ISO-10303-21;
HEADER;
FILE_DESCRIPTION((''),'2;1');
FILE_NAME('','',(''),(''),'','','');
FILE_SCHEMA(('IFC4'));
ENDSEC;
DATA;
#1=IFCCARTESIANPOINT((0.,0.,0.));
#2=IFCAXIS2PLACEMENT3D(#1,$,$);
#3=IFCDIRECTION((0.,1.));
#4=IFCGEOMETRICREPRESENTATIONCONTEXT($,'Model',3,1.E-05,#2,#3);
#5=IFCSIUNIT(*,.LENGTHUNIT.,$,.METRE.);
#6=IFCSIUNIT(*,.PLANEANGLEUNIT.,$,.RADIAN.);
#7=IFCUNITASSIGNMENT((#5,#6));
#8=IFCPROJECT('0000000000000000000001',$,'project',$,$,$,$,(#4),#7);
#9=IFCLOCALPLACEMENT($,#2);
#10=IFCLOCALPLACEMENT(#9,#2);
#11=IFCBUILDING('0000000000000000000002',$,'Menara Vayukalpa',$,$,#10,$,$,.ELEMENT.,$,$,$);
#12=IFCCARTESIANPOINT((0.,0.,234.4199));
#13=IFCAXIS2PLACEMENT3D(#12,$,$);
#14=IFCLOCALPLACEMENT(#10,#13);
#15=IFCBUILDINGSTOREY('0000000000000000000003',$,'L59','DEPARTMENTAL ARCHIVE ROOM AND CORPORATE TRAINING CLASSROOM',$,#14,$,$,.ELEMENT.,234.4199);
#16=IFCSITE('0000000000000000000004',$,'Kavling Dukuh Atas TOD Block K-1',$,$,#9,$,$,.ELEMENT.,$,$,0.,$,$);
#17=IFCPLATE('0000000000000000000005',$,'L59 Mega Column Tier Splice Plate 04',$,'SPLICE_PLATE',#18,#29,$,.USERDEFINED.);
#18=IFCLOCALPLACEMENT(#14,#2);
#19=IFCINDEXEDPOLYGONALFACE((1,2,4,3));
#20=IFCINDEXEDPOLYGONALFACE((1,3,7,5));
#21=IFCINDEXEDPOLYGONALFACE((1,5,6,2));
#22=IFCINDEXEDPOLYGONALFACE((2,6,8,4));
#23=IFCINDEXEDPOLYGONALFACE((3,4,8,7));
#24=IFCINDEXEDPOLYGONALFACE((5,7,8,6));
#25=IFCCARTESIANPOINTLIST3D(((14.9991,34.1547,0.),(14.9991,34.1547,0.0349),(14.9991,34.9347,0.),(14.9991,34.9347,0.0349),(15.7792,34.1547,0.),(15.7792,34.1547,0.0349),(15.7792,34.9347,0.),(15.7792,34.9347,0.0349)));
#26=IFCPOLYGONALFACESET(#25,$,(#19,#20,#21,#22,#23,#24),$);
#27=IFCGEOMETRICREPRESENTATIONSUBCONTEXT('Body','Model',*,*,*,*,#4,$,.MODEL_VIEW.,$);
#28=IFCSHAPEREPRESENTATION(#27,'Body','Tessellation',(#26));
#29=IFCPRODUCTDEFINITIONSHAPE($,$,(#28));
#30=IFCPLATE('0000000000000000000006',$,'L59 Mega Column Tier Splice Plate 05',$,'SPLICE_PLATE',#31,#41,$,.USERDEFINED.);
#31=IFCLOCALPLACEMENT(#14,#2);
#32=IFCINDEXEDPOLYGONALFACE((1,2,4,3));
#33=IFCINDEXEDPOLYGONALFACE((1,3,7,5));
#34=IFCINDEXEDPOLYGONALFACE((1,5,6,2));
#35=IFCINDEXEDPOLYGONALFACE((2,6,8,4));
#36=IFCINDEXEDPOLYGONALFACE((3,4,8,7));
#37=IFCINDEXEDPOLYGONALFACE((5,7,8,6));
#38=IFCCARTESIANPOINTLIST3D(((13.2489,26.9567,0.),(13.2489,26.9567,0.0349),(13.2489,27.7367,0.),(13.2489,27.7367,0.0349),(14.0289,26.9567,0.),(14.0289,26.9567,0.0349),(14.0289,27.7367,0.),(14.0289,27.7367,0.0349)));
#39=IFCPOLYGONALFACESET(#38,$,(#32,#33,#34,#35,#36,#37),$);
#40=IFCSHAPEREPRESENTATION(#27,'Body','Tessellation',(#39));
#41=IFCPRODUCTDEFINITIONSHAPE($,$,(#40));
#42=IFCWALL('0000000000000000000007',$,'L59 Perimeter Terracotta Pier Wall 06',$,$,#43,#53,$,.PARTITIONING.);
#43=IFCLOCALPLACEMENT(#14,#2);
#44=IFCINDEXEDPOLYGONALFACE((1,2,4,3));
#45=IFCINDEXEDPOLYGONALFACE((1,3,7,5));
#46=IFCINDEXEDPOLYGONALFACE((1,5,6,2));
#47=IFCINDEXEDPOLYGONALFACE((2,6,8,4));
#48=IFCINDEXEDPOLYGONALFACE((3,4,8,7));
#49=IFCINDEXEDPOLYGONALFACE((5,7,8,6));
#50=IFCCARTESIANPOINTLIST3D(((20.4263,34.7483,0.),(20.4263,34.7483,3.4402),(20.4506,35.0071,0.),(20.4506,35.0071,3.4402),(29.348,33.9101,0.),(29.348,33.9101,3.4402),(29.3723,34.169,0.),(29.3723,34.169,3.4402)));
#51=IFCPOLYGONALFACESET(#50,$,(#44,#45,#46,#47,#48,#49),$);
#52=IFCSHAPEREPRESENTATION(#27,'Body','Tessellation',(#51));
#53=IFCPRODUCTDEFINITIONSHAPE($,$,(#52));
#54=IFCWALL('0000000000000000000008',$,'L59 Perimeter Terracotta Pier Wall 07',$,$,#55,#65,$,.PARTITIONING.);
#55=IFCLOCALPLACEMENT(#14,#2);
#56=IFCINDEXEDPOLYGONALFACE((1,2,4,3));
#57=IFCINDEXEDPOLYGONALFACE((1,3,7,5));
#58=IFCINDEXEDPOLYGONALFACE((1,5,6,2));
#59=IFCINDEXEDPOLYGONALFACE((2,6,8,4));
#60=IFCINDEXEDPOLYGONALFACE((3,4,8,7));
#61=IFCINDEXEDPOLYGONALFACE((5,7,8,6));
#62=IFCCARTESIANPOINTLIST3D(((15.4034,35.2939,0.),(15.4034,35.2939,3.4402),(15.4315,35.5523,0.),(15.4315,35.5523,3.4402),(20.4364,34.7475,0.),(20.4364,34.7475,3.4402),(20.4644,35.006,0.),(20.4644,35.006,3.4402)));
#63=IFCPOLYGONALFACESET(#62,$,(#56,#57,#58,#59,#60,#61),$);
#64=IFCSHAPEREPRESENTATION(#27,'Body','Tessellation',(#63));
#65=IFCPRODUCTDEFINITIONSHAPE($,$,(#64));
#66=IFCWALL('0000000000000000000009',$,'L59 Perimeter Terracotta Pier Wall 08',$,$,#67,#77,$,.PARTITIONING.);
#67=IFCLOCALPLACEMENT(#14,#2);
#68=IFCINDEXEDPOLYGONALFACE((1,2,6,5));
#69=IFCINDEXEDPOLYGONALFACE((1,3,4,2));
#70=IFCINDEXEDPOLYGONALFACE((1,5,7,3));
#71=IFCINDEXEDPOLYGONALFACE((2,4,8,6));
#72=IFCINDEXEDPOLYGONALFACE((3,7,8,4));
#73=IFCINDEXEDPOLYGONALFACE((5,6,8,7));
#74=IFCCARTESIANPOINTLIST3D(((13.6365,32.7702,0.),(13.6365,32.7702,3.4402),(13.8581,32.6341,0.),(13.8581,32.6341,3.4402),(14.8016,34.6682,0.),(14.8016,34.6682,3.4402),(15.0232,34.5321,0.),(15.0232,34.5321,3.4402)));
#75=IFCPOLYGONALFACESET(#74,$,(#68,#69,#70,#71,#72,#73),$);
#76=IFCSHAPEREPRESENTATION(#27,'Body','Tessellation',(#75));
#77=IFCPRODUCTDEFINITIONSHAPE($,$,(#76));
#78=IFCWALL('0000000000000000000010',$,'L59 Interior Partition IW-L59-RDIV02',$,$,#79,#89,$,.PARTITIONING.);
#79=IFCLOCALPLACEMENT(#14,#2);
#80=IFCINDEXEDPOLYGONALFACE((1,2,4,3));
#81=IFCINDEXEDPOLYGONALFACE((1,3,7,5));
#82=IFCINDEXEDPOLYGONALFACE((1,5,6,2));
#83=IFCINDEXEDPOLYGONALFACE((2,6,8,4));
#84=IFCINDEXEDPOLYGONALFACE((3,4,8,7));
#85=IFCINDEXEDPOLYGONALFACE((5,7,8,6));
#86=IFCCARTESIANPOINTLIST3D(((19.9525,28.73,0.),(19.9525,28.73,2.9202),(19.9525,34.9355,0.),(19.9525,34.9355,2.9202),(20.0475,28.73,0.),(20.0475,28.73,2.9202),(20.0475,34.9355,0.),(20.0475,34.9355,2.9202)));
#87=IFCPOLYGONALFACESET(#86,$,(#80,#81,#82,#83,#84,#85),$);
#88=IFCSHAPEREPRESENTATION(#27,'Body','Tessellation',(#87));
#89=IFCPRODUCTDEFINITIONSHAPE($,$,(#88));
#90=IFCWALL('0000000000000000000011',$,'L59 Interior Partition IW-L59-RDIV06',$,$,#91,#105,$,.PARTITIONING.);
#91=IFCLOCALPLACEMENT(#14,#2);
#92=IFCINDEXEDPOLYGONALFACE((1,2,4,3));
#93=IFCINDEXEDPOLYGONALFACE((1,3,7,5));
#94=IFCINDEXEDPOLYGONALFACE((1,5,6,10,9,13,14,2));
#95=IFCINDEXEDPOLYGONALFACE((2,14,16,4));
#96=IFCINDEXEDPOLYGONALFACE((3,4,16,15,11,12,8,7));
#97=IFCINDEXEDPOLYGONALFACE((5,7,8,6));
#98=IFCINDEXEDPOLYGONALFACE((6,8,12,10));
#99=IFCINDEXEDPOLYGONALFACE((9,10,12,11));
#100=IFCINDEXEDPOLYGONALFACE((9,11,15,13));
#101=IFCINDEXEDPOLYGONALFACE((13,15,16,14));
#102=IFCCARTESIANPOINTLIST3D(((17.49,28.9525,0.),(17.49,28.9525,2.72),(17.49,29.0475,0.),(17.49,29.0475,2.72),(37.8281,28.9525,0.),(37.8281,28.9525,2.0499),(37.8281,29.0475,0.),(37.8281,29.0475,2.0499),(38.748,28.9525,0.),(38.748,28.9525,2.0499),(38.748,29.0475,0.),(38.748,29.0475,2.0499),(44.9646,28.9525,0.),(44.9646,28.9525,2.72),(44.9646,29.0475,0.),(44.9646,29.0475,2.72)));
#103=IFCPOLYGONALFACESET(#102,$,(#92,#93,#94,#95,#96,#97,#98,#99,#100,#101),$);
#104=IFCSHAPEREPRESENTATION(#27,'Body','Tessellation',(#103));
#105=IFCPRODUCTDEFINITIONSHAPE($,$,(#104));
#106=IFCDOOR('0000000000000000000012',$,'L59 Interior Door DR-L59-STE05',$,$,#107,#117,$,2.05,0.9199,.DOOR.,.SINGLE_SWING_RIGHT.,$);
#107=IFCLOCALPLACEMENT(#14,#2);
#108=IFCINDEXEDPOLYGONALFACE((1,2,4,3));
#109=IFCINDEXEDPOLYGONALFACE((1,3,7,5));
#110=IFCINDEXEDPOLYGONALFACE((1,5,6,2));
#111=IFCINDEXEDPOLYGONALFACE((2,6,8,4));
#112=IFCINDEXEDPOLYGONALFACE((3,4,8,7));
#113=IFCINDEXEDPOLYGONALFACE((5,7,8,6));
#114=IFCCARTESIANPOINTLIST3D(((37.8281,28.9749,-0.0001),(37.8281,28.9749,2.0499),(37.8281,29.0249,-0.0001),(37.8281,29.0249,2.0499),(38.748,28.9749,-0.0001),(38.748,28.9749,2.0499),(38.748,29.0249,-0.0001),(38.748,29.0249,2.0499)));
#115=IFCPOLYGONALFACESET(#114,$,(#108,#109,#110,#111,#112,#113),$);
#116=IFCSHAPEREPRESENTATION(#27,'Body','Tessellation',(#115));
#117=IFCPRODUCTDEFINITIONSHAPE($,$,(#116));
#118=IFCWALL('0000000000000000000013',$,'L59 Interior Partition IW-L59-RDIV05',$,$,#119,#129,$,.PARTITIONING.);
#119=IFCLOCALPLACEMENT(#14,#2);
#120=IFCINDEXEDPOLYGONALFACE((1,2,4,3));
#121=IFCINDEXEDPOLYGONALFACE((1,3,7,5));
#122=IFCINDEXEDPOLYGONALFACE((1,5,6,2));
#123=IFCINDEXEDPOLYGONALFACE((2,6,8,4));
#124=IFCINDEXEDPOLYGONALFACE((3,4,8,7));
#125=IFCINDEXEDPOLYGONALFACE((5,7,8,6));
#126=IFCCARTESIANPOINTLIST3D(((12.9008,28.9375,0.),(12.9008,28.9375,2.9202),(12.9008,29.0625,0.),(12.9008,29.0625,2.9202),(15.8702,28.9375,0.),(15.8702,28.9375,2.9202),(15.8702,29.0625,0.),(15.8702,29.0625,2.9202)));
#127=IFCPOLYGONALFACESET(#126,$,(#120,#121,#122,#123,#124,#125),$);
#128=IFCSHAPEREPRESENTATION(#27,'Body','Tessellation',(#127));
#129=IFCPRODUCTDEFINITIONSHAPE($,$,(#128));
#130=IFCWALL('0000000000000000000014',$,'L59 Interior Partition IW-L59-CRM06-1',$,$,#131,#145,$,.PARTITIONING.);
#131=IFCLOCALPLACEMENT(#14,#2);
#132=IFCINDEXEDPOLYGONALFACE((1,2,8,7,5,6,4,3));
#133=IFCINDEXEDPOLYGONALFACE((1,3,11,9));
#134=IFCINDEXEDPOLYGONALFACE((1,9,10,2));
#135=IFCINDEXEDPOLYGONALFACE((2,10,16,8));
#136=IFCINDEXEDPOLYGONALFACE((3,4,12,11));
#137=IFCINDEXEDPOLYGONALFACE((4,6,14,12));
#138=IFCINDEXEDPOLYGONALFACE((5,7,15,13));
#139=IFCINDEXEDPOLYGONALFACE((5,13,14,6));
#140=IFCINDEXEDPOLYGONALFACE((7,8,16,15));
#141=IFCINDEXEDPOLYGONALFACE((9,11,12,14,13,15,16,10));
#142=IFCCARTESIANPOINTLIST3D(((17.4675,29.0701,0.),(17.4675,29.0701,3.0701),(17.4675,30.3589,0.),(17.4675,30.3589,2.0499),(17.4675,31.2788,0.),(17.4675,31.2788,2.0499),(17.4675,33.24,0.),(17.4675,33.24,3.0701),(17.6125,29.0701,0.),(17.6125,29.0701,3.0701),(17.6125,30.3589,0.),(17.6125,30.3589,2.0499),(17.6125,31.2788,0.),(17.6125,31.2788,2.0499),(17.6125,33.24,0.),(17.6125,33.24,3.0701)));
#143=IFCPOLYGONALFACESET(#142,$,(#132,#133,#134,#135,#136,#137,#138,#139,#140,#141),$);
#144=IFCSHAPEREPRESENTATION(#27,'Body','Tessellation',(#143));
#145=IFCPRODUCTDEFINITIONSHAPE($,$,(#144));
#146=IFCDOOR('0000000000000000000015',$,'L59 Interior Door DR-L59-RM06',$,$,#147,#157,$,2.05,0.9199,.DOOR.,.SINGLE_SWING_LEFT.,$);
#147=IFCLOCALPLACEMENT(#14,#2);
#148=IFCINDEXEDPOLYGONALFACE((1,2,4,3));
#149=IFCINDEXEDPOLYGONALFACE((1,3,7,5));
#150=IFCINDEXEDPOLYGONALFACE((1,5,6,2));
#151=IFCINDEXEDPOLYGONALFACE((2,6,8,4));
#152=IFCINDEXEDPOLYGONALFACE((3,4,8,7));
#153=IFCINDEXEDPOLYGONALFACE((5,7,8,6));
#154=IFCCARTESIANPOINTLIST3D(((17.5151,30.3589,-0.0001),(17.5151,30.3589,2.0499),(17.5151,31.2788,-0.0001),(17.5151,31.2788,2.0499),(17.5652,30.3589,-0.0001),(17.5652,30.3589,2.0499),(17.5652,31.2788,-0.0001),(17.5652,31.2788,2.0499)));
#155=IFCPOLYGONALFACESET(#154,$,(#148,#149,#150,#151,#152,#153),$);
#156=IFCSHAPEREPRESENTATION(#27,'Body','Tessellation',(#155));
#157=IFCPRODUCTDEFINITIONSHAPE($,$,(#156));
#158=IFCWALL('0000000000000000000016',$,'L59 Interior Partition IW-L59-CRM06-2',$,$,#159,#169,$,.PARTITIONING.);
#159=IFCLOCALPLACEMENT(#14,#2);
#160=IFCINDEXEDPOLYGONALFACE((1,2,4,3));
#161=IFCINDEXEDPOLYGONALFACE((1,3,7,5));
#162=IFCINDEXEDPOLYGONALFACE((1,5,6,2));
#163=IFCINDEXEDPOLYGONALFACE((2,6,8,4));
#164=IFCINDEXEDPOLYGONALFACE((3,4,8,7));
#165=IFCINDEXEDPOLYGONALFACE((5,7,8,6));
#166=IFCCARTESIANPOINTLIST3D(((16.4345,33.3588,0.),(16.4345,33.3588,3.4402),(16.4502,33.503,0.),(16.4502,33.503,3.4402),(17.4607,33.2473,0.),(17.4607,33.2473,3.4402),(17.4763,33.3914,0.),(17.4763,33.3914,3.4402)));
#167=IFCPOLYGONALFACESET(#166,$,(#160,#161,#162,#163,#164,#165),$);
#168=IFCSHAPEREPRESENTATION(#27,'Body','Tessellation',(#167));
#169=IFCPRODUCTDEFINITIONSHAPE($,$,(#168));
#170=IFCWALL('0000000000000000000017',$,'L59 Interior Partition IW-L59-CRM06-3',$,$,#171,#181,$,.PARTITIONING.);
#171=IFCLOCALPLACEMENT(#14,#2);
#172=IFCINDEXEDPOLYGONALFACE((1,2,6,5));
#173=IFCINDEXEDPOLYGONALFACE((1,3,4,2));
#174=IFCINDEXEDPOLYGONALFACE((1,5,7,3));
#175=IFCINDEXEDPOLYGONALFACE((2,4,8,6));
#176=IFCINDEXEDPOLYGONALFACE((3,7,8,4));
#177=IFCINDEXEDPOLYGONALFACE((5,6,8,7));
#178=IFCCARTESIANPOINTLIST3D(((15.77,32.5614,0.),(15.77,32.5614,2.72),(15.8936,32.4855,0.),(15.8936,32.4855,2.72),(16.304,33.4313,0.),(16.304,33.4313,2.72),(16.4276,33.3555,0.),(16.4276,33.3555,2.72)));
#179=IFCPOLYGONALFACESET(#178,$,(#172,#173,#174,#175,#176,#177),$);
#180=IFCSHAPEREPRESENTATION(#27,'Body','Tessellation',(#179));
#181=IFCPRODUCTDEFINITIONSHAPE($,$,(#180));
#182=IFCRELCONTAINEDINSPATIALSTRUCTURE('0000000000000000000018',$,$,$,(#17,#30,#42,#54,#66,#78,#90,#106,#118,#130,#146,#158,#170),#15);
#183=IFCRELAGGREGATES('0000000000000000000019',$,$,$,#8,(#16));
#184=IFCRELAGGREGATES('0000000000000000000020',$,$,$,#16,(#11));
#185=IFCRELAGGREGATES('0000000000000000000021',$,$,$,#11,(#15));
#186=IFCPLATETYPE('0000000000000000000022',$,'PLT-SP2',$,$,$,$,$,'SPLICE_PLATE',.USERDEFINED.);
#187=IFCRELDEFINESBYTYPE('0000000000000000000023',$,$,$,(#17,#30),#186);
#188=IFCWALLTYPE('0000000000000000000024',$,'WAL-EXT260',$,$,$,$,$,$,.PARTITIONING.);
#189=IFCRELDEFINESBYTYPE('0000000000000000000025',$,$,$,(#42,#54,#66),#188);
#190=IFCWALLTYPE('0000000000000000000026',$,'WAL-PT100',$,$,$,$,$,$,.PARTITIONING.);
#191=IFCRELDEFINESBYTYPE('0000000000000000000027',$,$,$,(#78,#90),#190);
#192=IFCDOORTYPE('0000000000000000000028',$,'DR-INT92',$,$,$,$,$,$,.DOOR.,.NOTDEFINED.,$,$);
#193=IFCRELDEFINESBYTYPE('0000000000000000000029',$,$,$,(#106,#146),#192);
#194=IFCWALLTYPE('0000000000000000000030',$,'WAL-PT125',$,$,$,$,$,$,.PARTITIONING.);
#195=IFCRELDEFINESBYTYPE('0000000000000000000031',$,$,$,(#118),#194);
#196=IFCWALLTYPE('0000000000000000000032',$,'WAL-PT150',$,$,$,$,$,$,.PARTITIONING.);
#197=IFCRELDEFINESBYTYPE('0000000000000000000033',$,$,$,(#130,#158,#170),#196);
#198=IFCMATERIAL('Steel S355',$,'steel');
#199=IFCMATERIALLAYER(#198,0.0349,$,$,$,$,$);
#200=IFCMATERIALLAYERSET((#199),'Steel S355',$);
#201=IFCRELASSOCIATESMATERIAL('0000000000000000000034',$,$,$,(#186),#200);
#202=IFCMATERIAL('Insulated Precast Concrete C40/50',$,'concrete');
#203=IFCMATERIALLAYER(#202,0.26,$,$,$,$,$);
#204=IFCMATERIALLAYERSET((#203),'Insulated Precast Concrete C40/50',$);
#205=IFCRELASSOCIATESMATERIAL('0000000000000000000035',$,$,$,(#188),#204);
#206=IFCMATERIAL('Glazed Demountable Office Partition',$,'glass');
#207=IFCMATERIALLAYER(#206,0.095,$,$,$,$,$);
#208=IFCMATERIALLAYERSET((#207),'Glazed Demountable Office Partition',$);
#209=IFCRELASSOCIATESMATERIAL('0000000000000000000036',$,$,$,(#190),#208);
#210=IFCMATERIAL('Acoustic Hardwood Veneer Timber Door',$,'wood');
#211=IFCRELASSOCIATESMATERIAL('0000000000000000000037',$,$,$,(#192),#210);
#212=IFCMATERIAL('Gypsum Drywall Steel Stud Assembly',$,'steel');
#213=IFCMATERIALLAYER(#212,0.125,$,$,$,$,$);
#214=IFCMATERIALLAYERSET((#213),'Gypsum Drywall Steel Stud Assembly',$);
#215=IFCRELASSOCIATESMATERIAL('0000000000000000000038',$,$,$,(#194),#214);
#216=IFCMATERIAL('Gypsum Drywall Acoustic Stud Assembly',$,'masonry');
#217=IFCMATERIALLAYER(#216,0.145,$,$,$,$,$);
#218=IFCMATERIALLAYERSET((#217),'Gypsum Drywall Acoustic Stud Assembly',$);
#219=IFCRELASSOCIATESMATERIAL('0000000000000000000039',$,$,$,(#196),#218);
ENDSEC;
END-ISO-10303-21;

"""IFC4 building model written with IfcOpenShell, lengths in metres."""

from ifc_helpers import new_model, si_unit, direction, frame, frame_2d, origin, origin_2d, place, context, subcontext, project, spatial, rectangle, extrude, material, layer, layer_set, type_object, element, fill, save


model = new_model("IFC4")

# Units and contexts
model_context = context("Model", 3, precision=1e-05, world=origin(), true_north=direction((0.0, 1.0)))
body_context = subcontext(model_context, "Body", "Model", "MODEL_VIEW")
ifc_project = project(units=[si_unit("LENGTHUNIT", "METRE"), si_unit("PLANEANGLEUNIT", "RADIAN")], contexts=[model_context])

# Site, building, storey
site_placement = place(None, origin())
site = spatial("IfcSite", under=ifc_project, at=site_placement, Name="Kavling Dukuh Atas TOD Block K-1", CompositionType="ELEMENT", RefElevation=0.0)
building_placement = place(site_placement, origin())
building = spatial("IfcBuilding", under=site, at=building_placement, Name="Menara Vayukalpa", CompositionType="ELEMENT")
storey_placement = place(building_placement, frame((0.0, 0.0, 234.4199)))
storey = spatial("IfcBuildingStorey", under=building, at=storey_placement, Name="L59", Description="DEPARTMENTAL ARCHIVE ROOM AND CORPORATE TRAINING CLASSROOM", CompositionType="ELEMENT", Elevation=234.4199)

# Plates
ifc_material_1 = material(Name="Steel S355", Category="steel")
ifc_layer_1 = layer(ifc_material_1, 0.0349)
ifc_layer_set_1 = layer_set([ifc_layer_1], Name="Steel S355")
plate_type = type_object("IfcPlateType", Name="PLT-SP2", ElementType="SPLICE_PLATE", PredefinedType="USERDEFINED", material=ifc_layer_set_1)
for number, where, z_axis, x_axis, name in (
    (1, (15.3892, 34.5447, 0.0), (0.0, 0.0, 1.0), (1.0, 0.0, 0.0), "L59 Mega Column Tier Splice Plate 04"),
    (2, (13.6389, 27.3467, 0.0), (0.0, 0.0, 1.0), (1.0, 0.0, 0.0), "L59 Mega Column Tier Splice Plate 05"),
):
    element("IfcPlate", number, at=place(storey_placement, frame(where, z_axis=z_axis, x_axis=x_axis)), inside=storey, type_object=plate_type, Name=name, ObjectType="SPLICE_PLATE", PredefinedType="USERDEFINED", context=body_context, shape_type="SweptSolid", body=[
        extrude(rectangle(XDim=0.78, YDim=0.78, at=origin_2d()), origin(), (0.0, 0.0, 1.0), 0.0349),
    ])

# Walls
ifc_material_2 = material(Name="Insulated Precast Concrete C40/50", Category="concrete")
ifc_layer_2 = layer(ifc_material_2, 0.26)
ifc_layer_set_2 = layer_set([ifc_layer_2], Name="Insulated Precast Concrete C40/50")
wall_type_1 = type_object("IfcWallType", Name="WAL-EXT260", PredefinedType="PARTITIONING", material=ifc_layer_set_2)
wall_1_placement = place(storey_placement, frame((20.4385, 34.8777, 0.0), z_axis=(0.0, 0.0, 1.0), x_axis=(0.995616, -0.093532, 0.0)))
element("IfcWall", 3, at=wall_1_placement, inside=storey, type_object=wall_type_1, Name="L59 Perimeter Terracotta Pier Wall 06", PredefinedType="PARTITIONING", context=body_context, shape_type="SweptSolid", body=[
    extrude(rectangle(XDim=8.9609, YDim=0.26, at=frame_2d((4.4805, 0.0))), origin(), (0.0, 0.0, 1.0), 3.4402),
])
wall_2_placement = place(storey_placement, frame((15.4175, 35.4231, 0.0), z_axis=(0.0, 0.0, 1.0), x_axis=(0.994159, -0.107928, 0.0)))
element("IfcWall", 4, at=wall_2_placement, inside=storey, type_object=wall_type_1, Name="L59 Perimeter Terracotta Pier Wall 07", PredefinedType="PARTITIONING", context=body_context, shape_type="SweptSolid", body=[
    extrude(rectangle(XDim=5.0625, YDim=0.26, at=frame_2d((2.5312, 0.0))), origin(), (0.0, 0.0, 1.0), 3.4402),
])
wall_3_placement = place(storey_placement, frame((13.7473, 32.7021, 0.0), z_axis=(0.0, 0.0, 1.0), x_axis=(0.523143, 0.852245, 0.0)))
element("IfcWall", 5, at=wall_3_placement, inside=storey, type_object=wall_type_1, Name="L59 Perimeter Terracotta Pier Wall 08", PredefinedType="PARTITIONING", context=body_context, shape_type="SweptSolid", body=[
    extrude(rectangle(XDim=2.2271, YDim=0.26, at=frame_2d((1.1135, 0.0))), origin(), (0.0, 0.0, 1.0), 3.4402),
])
ifc_material_3 = material(Name="Glazed Demountable Office Partition", Category="glass")
ifc_layer_3 = layer(ifc_material_3, 0.095)
ifc_layer_set_3 = layer_set([ifc_layer_3], Name="Glazed Demountable Office Partition")
wall_type_2 = type_object("IfcWallType", Name="WAL-PT100", PredefinedType="PARTITIONING", material=ifc_layer_set_3)
wall_4_placement = place(storey_placement, frame((20.0, 28.73, 0.0), z_axis=(0.0, 0.0, 1.0), x_axis=(0.0, 1.0, 0.0)))
element("IfcWall", 6, at=wall_4_placement, inside=storey, type_object=wall_type_2, Name="L59 Interior Partition IW-L59-RDIV02", PredefinedType="PARTITIONING", context=body_context, shape_type="SweptSolid", body=[
    extrude(rectangle(XDim=6.2056, YDim=0.095, at=frame_2d((3.1028, 0.0))), origin(), (0.0, 0.0, 1.0), 2.9202),
])

# Wall, opening, door
wall_5_placement = place(storey_placement, frame((17.49, 29.0, 0.0), z_axis=(0.0, 0.0, 1.0), x_axis=(1.0, 0.0, 0.0)))
wall_5 = element("IfcWall", 7, at=wall_5_placement, inside=storey, type_object=wall_type_2, Name="L59 Interior Partition IW-L59-RDIV06", PredefinedType="PARTITIONING", context=body_context, shape_type="SweptSolid", body=[
    extrude(rectangle(XDim=27.4746, YDim=0.095, at=frame_2d((13.7373, 0.0))), origin(), (0.0, 0.0, 1.0), 2.72),
])
opening_1_placement = place(wall_5_placement, frame((20.3381, 0.0, 0.0)))
opening_1 = element("IfcOpeningElement", 8, at=opening_1_placement, cuts=wall_5, PredefinedType="OPENING", context=body_context, shape_type="SweptSolid", body=[
    extrude(rectangle(XDim=0.9199, YDim=2.05, at=frame_2d((0.46, 1.0249))), frame((0.0, 0.0574, 0.0), z_axis=(0.0, -1.0, 0.0), x_axis=(1.0, 0.0, 0.0)), (0.0, 0.0, 1.0), 0.115),
])
ifc_material_4 = material(Name="Acoustic Hardwood Veneer Timber Door", Category="wood")
door_type_1 = type_object("IfcDoorType", Name="DR-INT92", OperationType="NOTDEFINED", PredefinedType="DOOR", material=ifc_material_4)
door_1_placement = place(opening_1_placement, origin())
door_1 = element("IfcDoor", 9, at=door_1_placement, inside=storey, type_object=door_type_1, Name="L59 Interior Door DR-L59-STE05", OperationType="SINGLE_SWING_RIGHT", OverallHeight=2.05, OverallWidth=0.9199, PredefinedType="DOOR", context=body_context, shape_type="SweptSolid", body=[
    extrude(rectangle(XDim=0.9199, YDim=2.05, at=frame_2d((0.46, 1.0249))), frame((0.0, 0.0249, 0.0), z_axis=(0.0, -1.0, 0.0), x_axis=(1.0, 0.0, 0.0)), (0.0, 0.0, 1.0), 0.05),
])
fill(opening_1, door_1)

# Wall
ifc_material_5 = material(Name="Gypsum Drywall Steel Stud Assembly", Category="steel")
ifc_layer_4 = layer(ifc_material_5, 0.125)
ifc_layer_set_4 = layer_set([ifc_layer_4], Name="Gypsum Drywall Steel Stud Assembly")
wall_type_3 = type_object("IfcWallType", Name="WAL-PT125", PredefinedType="PARTITIONING", material=ifc_layer_set_4)
wall_6_placement = place(storey_placement, frame((12.9006, 29.0, 0.0), z_axis=(0.0, 0.0, 1.0), x_axis=(1.0, 0.0, 0.0)))
element("IfcWall", 10, at=wall_6_placement, inside=storey, type_object=wall_type_3, Name="L59 Interior Partition IW-L59-RDIV05", PredefinedType="PARTITIONING", context=body_context, shape_type="SweptSolid", body=[
    extrude(rectangle(XDim=2.9695, YDim=0.125, at=frame_2d((1.4849, 0.0))), origin(), (0.0, 0.0, 1.0), 2.9202),
])

# Wall, opening, door
ifc_material_6 = material(Name="Gypsum Drywall Acoustic Stud Assembly", Category="masonry")
ifc_layer_5 = layer(ifc_material_6, 0.145)
ifc_layer_set_5 = layer_set([ifc_layer_5], Name="Gypsum Drywall Acoustic Stud Assembly")
wall_type_4 = type_object("IfcWallType", Name="WAL-PT150", PredefinedType="PARTITIONING", material=ifc_layer_set_5)
wall_7_placement = place(storey_placement, frame((17.54, 29.0701, 0.0), z_axis=(0.0, 0.0, 1.0), x_axis=(0.0, 1.0, 0.0)))
wall_7 = element("IfcWall", 11, at=wall_7_placement, inside=storey, type_object=wall_type_4, Name="L59 Interior Partition IW-L59-CRM06-1", PredefinedType="PARTITIONING", context=body_context, shape_type="SweptSolid", body=[
    extrude(rectangle(XDim=4.1699, YDim=0.145, at=frame_2d((2.085, 0.0))), origin(), (0.0, 0.0, 1.0), 3.0701),
])
opening_2_placement = place(wall_7_placement, frame((1.2888, 0.0, 0.0)))
opening_2 = element("IfcOpeningElement", 12, at=opening_2_placement, cuts=wall_7, PredefinedType="OPENING", context=body_context, shape_type="SweptSolid", body=[
    extrude(rectangle(XDim=0.9199, YDim=2.05, at=frame_2d((0.46, 1.0249))), frame((0.0, 0.0825, 0.0), z_axis=(0.0, -1.0, 0.0), x_axis=(1.0, 0.0, 0.0)), (0.0, 0.0, 1.0), 0.165),
])
door_2_placement = place(opening_2_placement, origin())
door_2 = element("IfcDoor", 13, at=door_2_placement, inside=storey, type_object=door_type_1, Name="L59 Interior Door DR-L59-RM06", OperationType="SINGLE_SWING_LEFT", OverallHeight=2.05, OverallWidth=0.9199, PredefinedType="DOOR", context=body_context, shape_type="SweptSolid", body=[
    extrude(rectangle(XDim=0.9199, YDim=2.05, at=frame_2d((0.46, 1.0249))), frame((0.0, 0.0249, 0.0), z_axis=(0.0, -1.0, 0.0), x_axis=(1.0, 0.0, 0.0)), (0.0, 0.0, 1.0), 0.05),
])
fill(opening_2, door_2)

# Walls
wall_8_placement = place(storey_placement, frame((17.4685, 33.3193, 0.0), z_axis=(0.0, 0.0, 1.0), x_axis=(-0.994141, 0.108095, 0.0)))
element("IfcWall", 14, at=wall_8_placement, inside=storey, type_object=wall_type_4, Name="L59 Interior Partition IW-L59-CRM06-2", PredefinedType="PARTITIONING", context=body_context, shape_type="SweptSolid", body=[
    extrude(rectangle(XDim=1.0322, YDim=0.145, at=frame_2d((0.5161, 0.0))), origin(), (0.0, 0.0, 1.0), 3.4402),
])
wall_9_placement = place(storey_placement, frame((16.3657, 33.3933, 0.0), z_axis=(0.0, 0.0, 1.0), x_axis=(-0.523123, -0.852257, 0.0)))
element("IfcWall", 15, at=wall_9_placement, inside=storey, type_object=wall_type_4, Name="L59 Interior Partition IW-L59-CRM06-3", PredefinedType="PARTITIONING", context=body_context, shape_type="SweptSolid", body=[
    extrude(rectangle(XDim=1.0208, YDim=0.145, at=frame_2d((0.5103, 0.0))), origin(), (0.0, 0.0, 1.0), 2.72),
])

save(model, "model.ifc")
